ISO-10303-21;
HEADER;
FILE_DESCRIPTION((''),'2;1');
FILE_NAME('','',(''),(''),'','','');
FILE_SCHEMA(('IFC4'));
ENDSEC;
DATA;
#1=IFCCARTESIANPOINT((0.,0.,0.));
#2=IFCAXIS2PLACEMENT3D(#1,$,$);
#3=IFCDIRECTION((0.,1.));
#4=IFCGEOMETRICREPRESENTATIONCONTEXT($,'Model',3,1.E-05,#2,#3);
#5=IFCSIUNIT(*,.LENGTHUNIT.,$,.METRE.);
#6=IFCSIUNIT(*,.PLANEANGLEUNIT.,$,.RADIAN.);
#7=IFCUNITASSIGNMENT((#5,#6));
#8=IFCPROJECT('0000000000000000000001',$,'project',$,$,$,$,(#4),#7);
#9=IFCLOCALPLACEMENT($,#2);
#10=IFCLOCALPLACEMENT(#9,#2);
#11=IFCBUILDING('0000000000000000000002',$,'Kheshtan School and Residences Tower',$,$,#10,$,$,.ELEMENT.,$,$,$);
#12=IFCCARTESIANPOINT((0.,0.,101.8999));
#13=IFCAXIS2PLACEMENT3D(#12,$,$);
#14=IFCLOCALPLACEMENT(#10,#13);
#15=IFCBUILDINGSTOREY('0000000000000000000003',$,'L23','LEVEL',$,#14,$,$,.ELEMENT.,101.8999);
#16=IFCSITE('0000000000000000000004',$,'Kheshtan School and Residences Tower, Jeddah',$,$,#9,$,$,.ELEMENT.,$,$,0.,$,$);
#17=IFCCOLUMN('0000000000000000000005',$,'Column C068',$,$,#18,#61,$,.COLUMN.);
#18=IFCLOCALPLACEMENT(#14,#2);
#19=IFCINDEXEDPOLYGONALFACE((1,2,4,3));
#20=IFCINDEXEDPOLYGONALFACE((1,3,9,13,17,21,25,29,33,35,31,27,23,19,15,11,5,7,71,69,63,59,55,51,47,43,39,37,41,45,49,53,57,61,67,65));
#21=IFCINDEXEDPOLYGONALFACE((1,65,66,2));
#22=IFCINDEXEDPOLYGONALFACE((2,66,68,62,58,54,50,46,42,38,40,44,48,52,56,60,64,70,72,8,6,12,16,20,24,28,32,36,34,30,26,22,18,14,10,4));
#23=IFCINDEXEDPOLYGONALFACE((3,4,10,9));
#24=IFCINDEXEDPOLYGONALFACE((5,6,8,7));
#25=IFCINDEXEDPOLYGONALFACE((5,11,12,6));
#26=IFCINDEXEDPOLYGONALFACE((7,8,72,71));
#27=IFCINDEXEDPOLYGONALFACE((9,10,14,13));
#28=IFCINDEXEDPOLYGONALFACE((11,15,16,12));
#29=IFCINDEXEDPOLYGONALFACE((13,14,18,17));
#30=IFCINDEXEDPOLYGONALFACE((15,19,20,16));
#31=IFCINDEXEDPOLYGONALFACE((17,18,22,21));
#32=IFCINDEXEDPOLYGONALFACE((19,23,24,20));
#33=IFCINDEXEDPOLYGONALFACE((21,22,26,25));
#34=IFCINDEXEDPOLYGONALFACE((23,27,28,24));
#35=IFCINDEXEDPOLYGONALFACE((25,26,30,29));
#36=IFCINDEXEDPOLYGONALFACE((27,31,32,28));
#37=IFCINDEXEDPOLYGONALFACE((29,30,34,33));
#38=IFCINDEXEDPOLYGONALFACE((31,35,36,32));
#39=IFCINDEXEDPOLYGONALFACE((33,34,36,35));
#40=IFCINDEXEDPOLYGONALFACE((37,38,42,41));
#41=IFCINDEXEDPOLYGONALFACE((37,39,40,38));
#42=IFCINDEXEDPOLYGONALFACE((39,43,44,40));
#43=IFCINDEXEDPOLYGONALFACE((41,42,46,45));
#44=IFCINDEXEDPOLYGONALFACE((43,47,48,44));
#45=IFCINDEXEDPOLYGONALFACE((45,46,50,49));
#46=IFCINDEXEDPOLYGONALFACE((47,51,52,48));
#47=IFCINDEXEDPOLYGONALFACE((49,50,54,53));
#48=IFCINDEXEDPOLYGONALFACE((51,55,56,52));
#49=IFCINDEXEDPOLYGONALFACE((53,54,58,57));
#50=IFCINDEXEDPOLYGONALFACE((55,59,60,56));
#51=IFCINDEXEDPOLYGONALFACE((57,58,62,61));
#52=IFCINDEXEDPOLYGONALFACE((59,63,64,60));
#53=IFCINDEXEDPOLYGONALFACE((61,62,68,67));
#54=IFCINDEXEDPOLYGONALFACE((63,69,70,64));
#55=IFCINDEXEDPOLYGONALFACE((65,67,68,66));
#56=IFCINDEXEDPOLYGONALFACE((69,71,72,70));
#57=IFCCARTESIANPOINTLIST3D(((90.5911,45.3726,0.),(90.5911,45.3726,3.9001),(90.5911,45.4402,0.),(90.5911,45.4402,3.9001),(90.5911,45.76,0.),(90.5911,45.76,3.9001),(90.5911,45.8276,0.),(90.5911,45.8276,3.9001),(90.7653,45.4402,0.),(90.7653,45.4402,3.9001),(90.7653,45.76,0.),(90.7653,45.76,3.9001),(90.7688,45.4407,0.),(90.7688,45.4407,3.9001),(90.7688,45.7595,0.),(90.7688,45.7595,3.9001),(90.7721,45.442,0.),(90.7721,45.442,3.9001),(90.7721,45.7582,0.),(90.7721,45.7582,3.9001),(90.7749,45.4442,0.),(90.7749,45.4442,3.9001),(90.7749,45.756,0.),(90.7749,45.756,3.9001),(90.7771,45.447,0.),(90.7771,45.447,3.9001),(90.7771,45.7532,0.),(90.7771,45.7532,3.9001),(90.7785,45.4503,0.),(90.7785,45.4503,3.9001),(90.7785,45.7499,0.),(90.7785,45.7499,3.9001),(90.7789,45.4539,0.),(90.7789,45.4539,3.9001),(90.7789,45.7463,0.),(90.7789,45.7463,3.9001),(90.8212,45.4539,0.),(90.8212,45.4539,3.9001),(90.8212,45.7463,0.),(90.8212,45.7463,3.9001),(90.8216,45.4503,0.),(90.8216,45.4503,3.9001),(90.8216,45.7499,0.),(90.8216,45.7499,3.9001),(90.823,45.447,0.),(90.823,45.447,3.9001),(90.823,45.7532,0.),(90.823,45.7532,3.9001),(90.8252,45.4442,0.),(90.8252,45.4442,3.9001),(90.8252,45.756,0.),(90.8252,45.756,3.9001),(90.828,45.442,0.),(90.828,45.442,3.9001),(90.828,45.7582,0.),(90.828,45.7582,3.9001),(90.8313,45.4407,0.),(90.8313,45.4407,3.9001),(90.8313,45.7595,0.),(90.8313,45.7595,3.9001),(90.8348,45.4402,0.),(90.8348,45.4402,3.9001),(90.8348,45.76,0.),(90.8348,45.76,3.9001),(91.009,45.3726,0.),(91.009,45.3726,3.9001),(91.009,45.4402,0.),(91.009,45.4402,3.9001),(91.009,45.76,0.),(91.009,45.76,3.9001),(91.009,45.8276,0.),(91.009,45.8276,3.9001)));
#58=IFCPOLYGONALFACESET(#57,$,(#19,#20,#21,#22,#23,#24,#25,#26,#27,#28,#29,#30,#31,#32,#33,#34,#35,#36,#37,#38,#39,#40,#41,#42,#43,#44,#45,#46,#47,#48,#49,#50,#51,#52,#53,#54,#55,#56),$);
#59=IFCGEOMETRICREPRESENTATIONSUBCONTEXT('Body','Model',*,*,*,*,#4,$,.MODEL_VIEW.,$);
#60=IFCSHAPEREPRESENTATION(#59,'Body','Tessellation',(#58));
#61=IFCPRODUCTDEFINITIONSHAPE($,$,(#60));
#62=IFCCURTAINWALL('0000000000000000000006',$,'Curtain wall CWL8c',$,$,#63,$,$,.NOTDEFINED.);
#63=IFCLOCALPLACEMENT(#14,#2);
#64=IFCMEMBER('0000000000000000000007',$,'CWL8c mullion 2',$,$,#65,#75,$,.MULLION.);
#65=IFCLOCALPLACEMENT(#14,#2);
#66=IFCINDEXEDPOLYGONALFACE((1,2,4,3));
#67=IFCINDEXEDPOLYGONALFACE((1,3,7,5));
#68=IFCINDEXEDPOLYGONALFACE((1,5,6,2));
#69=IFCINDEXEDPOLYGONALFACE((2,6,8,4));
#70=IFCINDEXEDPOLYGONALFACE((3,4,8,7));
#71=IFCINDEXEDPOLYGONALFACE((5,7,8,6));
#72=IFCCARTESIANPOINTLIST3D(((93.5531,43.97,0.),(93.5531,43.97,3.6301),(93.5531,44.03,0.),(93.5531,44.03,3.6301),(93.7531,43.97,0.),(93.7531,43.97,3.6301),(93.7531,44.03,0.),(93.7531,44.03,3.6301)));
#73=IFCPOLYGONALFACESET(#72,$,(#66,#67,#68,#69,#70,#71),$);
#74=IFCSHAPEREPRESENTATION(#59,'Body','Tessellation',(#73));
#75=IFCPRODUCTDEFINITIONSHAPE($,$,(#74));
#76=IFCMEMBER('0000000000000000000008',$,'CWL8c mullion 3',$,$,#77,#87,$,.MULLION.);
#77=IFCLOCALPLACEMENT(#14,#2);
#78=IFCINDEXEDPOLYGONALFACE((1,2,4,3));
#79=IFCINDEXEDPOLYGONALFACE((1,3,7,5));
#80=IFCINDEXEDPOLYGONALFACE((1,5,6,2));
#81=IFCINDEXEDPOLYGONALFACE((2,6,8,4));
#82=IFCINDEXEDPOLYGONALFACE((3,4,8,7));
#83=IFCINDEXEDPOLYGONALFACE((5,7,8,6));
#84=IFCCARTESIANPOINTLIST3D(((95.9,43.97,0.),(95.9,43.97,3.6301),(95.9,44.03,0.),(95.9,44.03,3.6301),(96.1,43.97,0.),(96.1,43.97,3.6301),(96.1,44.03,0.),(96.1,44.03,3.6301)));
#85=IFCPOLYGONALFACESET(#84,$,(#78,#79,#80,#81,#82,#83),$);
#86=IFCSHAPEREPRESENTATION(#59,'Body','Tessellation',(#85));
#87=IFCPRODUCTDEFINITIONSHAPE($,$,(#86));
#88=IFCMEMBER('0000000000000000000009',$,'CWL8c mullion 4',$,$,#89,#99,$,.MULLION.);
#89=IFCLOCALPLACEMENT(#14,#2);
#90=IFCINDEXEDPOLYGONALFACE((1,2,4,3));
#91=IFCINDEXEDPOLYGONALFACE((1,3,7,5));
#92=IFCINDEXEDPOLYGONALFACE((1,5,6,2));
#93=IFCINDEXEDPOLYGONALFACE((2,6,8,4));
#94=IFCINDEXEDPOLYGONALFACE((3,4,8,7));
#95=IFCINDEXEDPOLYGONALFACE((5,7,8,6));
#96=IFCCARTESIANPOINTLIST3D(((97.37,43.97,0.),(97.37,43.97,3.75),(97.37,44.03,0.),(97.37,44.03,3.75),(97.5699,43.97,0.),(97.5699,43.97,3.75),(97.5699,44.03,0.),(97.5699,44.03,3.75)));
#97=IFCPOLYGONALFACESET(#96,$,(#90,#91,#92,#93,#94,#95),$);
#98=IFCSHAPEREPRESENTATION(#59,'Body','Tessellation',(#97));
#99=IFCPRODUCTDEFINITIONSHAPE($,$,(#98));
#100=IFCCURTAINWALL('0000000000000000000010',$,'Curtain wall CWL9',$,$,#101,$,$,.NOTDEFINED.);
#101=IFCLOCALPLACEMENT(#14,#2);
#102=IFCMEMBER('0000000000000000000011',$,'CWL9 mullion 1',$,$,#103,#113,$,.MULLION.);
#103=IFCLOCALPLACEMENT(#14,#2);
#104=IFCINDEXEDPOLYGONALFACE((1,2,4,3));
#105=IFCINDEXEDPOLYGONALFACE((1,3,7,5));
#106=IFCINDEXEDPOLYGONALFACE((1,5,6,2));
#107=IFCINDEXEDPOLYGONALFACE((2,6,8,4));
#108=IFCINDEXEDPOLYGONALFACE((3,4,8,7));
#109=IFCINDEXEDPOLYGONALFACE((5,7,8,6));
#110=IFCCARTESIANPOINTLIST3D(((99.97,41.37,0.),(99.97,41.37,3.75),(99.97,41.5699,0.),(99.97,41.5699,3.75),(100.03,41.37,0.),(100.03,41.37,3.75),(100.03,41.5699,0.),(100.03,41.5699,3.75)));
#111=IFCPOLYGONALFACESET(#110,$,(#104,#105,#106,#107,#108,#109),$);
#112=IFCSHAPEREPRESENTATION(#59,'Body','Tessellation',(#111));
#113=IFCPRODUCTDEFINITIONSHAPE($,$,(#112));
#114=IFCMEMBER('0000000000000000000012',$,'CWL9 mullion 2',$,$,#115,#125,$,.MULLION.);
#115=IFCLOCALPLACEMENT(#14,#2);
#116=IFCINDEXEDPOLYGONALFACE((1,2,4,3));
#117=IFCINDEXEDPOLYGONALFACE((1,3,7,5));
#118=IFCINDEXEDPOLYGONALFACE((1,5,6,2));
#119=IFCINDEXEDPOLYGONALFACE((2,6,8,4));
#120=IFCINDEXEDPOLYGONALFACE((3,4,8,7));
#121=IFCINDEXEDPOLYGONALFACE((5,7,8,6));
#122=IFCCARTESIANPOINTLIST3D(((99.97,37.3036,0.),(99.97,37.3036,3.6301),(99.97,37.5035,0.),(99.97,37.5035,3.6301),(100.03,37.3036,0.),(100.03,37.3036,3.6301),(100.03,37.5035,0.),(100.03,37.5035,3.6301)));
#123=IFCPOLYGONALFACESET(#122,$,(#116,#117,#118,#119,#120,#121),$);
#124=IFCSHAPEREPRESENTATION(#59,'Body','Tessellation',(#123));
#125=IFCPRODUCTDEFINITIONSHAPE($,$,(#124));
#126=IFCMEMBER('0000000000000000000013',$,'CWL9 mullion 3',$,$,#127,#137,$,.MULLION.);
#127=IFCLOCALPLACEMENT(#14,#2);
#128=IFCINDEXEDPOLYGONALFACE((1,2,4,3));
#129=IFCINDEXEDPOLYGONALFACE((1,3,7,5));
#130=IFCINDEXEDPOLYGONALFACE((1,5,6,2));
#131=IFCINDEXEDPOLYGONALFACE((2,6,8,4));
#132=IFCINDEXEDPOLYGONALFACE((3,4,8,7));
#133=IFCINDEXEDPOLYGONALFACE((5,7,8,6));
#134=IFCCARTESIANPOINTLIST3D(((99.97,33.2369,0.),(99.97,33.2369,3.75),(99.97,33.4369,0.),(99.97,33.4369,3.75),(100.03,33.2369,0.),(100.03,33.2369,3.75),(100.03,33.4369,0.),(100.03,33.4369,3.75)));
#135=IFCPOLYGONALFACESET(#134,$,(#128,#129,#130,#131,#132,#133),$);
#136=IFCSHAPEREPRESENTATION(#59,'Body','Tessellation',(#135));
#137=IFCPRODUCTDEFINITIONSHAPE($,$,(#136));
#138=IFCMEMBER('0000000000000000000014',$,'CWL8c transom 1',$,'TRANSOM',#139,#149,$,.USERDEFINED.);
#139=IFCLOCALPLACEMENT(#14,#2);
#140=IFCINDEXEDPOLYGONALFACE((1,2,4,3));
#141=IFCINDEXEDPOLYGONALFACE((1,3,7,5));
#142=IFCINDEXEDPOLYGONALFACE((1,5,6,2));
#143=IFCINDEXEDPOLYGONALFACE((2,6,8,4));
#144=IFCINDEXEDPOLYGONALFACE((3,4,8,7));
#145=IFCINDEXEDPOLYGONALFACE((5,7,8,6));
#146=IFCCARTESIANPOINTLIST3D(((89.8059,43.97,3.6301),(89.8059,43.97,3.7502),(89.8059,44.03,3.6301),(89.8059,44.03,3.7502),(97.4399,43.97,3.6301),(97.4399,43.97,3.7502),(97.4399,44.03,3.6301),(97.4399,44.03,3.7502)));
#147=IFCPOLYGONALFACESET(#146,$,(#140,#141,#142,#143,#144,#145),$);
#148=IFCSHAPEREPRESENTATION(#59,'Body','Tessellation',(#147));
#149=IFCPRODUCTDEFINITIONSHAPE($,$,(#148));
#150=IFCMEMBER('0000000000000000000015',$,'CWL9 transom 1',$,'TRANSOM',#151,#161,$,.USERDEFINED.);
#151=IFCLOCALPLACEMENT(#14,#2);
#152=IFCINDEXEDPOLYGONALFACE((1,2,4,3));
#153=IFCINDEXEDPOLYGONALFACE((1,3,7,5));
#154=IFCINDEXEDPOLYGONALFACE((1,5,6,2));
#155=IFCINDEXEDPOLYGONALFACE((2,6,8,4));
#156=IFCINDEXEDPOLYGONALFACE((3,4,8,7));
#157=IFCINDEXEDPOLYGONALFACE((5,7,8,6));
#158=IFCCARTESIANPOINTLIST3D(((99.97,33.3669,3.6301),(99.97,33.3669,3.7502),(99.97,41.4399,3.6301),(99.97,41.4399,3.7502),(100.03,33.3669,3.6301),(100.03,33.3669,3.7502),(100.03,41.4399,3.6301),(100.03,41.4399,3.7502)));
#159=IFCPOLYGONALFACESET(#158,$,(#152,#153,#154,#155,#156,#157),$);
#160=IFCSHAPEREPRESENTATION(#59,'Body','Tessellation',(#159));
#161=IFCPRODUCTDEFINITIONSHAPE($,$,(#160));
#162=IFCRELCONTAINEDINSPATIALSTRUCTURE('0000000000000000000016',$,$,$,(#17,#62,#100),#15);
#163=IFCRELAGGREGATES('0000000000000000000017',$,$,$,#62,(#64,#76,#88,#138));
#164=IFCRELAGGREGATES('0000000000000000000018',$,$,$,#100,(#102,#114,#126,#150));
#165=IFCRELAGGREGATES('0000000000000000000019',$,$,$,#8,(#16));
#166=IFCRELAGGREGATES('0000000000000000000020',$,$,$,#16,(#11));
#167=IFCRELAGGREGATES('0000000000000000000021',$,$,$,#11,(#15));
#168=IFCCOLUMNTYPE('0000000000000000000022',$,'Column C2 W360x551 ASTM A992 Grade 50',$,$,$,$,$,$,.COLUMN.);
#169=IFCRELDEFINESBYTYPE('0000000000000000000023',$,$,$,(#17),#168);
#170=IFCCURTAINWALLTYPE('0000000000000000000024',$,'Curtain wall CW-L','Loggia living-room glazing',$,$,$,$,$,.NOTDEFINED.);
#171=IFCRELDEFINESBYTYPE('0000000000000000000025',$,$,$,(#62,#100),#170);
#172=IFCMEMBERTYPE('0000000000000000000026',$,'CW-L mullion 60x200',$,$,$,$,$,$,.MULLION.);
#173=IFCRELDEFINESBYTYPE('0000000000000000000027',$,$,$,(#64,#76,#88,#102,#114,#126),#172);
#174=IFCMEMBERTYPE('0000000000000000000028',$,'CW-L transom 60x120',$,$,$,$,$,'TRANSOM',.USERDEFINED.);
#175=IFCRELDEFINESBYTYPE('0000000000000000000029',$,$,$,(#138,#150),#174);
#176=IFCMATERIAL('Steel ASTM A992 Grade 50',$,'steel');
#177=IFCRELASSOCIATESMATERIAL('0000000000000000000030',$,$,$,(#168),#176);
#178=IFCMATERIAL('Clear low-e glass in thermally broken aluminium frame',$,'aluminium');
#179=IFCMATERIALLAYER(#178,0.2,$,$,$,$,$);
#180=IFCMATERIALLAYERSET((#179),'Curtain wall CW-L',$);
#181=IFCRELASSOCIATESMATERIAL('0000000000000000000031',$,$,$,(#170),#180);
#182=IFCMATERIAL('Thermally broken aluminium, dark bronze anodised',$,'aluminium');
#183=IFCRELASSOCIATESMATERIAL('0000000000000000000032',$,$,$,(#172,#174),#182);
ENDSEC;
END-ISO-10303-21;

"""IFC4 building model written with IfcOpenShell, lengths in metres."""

from ifc_helpers import new_model, si_unit, direction, frame, origin, origin_2d, place, context, subcontext, project, spatial, rectangle, i_section, extrude, material, layer, layer_set, material_profile, profile_set, type_object, element, aggregate, save


model = new_model("IFC4")

# Units and contexts
model_context = context("Model", 3, precision=1e-05, world=origin(), true_north=direction((0.0, 1.0)))
body_context = subcontext(model_context, "Body", "Model", "MODEL_VIEW")
ifc_project = project(units=[si_unit("LENGTHUNIT", "METRE"), si_unit("PLANEANGLEUNIT", "RADIAN")], contexts=[model_context])

# Site, building, storey
site_placement = place(None, origin())
site = spatial("IfcSite", under=ifc_project, at=site_placement, Name="Kheshtan School and Residences Tower, Jeddah", CompositionType="ELEMENT", RefElevation=0.0)
building_placement = place(site_placement, origin())
building = spatial("IfcBuilding", under=site, at=building_placement, Name="Kheshtan School and Residences Tower", CompositionType="ELEMENT")
storey_placement = place(building_placement, frame((0.0, 0.0, 101.8999)))
storey = spatial("IfcBuildingStorey", under=building, at=storey_placement, Name="L23", Description="LEVEL", CompositionType="ELEMENT", Elevation=101.8999)

# Column
ifc_material_1 = material(Name="Steel ASTM A992 Grade 50", Category="steel")
ifc_material_profile_1 = material_profile(ifc_material_1, i_section(OverallWidth=0.418, OverallDepth=0.4551, WebThickness=0.0422, FlangeThickness=0.0676, FilletRadius=0.0137, at=origin_2d()), Name="W360x551")
ifc_profile_set_1 = profile_set([ifc_material_profile_1], Name="Steel ASTM A992 Grade 50")
column_type = type_object("IfcColumnType", Name="Column C2 W360x551 ASTM A992 Grade 50", PredefinedType="COLUMN", material=ifc_profile_set_1)
column_placement = place(storey_placement, frame((90.8, 45.6001, 0.0), z_axis=(0.0, 0.0, 1.0), x_axis=(1.0, 0.0, 0.0)))
element("IfcColumn", 1, at=column_placement, inside=storey, type_object=column_type, Name="Column C068", PredefinedType="COLUMN", context=body_context, shape_type="SweptSolid", body=[
    extrude(i_section(OverallWidth=0.418, OverallDepth=0.4551, WebThickness=0.0422, FlangeThickness=0.0676, FilletRadius=0.0137, at=origin_2d()), origin(), (0.0, 0.0, 1.0), 3.9001),
])

# Curtain walls, members
ifc_material_2 = material(Name="Clear low-e glass in thermally broken aluminium frame", Category="aluminium")
ifc_layer_1 = layer(ifc_material_2, 0.2)
ifc_layer_set_1 = layer_set([ifc_layer_1], Name="Curtain wall CW-L")
curtain_wall_type = type_object("IfcCurtainWallType", Name="Curtain wall CW-L", Description="Loggia living-room glazing", PredefinedType="NOTDEFINED", material=ifc_layer_set_1)
curtain_wall_1_placement = place(storey_placement, origin())
curtain_wall_1 = element("IfcCurtainWall", 2, at=curtain_wall_1_placement, inside=storey, type_object=curtain_wall_type, Name="Curtain wall CWL8c", PredefinedType="NOTDEFINED")
ifc_material_3 = material(Name="Thermally broken aluminium, dark bronze anodised", Category="aluminium")
ifc_material_profile_2 = material_profile(ifc_material_3, rectangle(XDim=0.0601, YDim=0.2, at=origin_2d()), Name="CW-L mullion 60x200")
ifc_profile_set_2 = profile_set([ifc_material_profile_2], Name="Thermally broken aluminium, dark bronze anodised")
member_type_1 = type_object("IfcMemberType", Name="CW-L mullion 60x200", PredefinedType="MULLION", material=ifc_profile_set_2)
member_1_placement = place(storey_placement, frame((93.6531, 44.0, 0.0), z_axis=(0.0, 0.0, 1.0), x_axis=(0.0, 1.0, 0.0)))
member_1 = element("IfcMember", 3, at=member_1_placement, type_object=member_type_1, Name="CWL8c mullion 2", PredefinedType="MULLION", context=body_context, shape_type="SweptSolid", body=[
    extrude(rectangle(XDim=0.0601, YDim=0.2, at=origin_2d()), origin(), (0.0, 0.0, 1.0), 3.6301),
])
member_2_placement = place(storey_placement, frame((96.0, 44.0, 0.0), z_axis=(0.0, 0.0, 1.0), x_axis=(0.0, 1.0, 0.0)))
member_2 = element("IfcMember", 4, at=member_2_placement, type_object=member_type_1, Name="CWL8c mullion 3", PredefinedType="MULLION", context=body_context, shape_type="SweptSolid", body=[
    extrude(rectangle(XDim=0.0601, YDim=0.2, at=origin_2d()), origin(), (0.0, 0.0, 1.0), 3.6301),
])
member_3_placement = place(storey_placement, frame((97.47, 44.0, 0.0), z_axis=(0.0, 0.0, 1.0), x_axis=(0.0, 1.0, 0.0)))
member_3 = element("IfcMember", 5, at=member_3_placement, type_object=member_type_1, Name="CWL8c mullion 4", PredefinedType="MULLION", context=body_context, shape_type="SweptSolid", body=[
    extrude(rectangle(XDim=0.0601, YDim=0.2, at=origin_2d()), origin(), (0.0, 0.0, 1.0), 3.75),
])
curtain_wall_2_placement = place(storey_placement, origin())
curtain_wall_2 = element("IfcCurtainWall", 6, at=curtain_wall_2_placement, inside=storey, type_object=curtain_wall_type, Name="Curtain wall CWL9", PredefinedType="NOTDEFINED")
member_4_placement = place(storey_placement, frame((100.0, 41.47, 0.0), z_axis=(0.0, 0.0, 1.0), x_axis=(1.0, 0.0, 0.0)))
member_4 = element("IfcMember", 7, at=member_4_placement, type_object=member_type_1, Name="CWL9 mullion 1", PredefinedType="MULLION", context=body_context, shape_type="SweptSolid", body=[
    extrude(rectangle(XDim=0.0601, YDim=0.2, at=origin_2d()), origin(), (0.0, 0.0, 1.0), 3.75),
])
member_5_placement = place(storey_placement, frame((100.0, 37.4036, 0.0), z_axis=(0.0, 0.0, 1.0), x_axis=(1.0, 0.0, 0.0)))
member_5 = element("IfcMember", 8, at=member_5_placement, type_object=member_type_1, Name="CWL9 mullion 2", PredefinedType="MULLION", context=body_context, shape_type="SweptSolid", body=[
    extrude(rectangle(XDim=0.0601, YDim=0.2, at=origin_2d()), origin(), (0.0, 0.0, 1.0), 3.6301),
])
member_6_placement = place(storey_placement, frame((100.0, 33.3369, 0.0), z_axis=(0.0, 0.0, 1.0), x_axis=(1.0, 0.0, 0.0)))
member_6 = element("IfcMember", 9, at=member_6_placement, type_object=member_type_1, Name="CWL9 mullion 3", PredefinedType="MULLION", context=body_context, shape_type="SweptSolid", body=[
    extrude(rectangle(XDim=0.0601, YDim=0.2, at=origin_2d()), origin(), (0.0, 0.0, 1.0), 3.75),
])

# Members
ifc_material_profile_3 = material_profile(ifc_material_3, rectangle(XDim=0.0601, YDim=0.1201, at=origin_2d()), Name="CW-L transom 60x120")
ifc_profile_set_3 = profile_set([ifc_material_profile_3], Name="Thermally broken aluminium, dark bronze anodised")
member_type_2 = type_object("IfcMemberType", Name="CW-L transom 60x120", ElementType="TRANSOM", PredefinedType="USERDEFINED", material=ifc_profile_set_3)
member_7_placement = place(storey_placement, frame((89.8059, 44.0, 3.6902), z_axis=(1.0, 0.0, 0.0), x_axis=(0.0, 1.0, 0.0)))
member_7 = element("IfcMember", 10, at=member_7_placement, type_object=member_type_2, Name="CWL8c transom 1", ObjectType="TRANSOM", PredefinedType="USERDEFINED", context=body_context, shape_type="SweptSolid", body=[
    extrude(rectangle(XDim=0.0601, YDim=0.1201, at=origin_2d()), origin(), (0.0, 0.0, 1.0), 7.634),
])
member_8_placement = place(storey_placement, frame((100.0, 41.4399, 3.6902), z_axis=(0.0, -1.0, 0.0), x_axis=(1.0, 0.0, 0.0)))
member_8 = element("IfcMember", 11, at=member_8_placement, type_object=member_type_2, Name="CWL9 transom 1", ObjectType="TRANSOM", PredefinedType="USERDEFINED", context=body_context, shape_type="SweptSolid", body=[
    extrude(rectangle(XDim=0.0601, YDim=0.1201, at=origin_2d()), origin(), (0.0, 0.0, 1.0), 8.073),
])

aggregate(curtain_wall_1, [member_1, member_2, member_3, member_7])
aggregate(curtain_wall_2, [member_4, member_5, member_6, member_8])

save(model, "model.ifc")
